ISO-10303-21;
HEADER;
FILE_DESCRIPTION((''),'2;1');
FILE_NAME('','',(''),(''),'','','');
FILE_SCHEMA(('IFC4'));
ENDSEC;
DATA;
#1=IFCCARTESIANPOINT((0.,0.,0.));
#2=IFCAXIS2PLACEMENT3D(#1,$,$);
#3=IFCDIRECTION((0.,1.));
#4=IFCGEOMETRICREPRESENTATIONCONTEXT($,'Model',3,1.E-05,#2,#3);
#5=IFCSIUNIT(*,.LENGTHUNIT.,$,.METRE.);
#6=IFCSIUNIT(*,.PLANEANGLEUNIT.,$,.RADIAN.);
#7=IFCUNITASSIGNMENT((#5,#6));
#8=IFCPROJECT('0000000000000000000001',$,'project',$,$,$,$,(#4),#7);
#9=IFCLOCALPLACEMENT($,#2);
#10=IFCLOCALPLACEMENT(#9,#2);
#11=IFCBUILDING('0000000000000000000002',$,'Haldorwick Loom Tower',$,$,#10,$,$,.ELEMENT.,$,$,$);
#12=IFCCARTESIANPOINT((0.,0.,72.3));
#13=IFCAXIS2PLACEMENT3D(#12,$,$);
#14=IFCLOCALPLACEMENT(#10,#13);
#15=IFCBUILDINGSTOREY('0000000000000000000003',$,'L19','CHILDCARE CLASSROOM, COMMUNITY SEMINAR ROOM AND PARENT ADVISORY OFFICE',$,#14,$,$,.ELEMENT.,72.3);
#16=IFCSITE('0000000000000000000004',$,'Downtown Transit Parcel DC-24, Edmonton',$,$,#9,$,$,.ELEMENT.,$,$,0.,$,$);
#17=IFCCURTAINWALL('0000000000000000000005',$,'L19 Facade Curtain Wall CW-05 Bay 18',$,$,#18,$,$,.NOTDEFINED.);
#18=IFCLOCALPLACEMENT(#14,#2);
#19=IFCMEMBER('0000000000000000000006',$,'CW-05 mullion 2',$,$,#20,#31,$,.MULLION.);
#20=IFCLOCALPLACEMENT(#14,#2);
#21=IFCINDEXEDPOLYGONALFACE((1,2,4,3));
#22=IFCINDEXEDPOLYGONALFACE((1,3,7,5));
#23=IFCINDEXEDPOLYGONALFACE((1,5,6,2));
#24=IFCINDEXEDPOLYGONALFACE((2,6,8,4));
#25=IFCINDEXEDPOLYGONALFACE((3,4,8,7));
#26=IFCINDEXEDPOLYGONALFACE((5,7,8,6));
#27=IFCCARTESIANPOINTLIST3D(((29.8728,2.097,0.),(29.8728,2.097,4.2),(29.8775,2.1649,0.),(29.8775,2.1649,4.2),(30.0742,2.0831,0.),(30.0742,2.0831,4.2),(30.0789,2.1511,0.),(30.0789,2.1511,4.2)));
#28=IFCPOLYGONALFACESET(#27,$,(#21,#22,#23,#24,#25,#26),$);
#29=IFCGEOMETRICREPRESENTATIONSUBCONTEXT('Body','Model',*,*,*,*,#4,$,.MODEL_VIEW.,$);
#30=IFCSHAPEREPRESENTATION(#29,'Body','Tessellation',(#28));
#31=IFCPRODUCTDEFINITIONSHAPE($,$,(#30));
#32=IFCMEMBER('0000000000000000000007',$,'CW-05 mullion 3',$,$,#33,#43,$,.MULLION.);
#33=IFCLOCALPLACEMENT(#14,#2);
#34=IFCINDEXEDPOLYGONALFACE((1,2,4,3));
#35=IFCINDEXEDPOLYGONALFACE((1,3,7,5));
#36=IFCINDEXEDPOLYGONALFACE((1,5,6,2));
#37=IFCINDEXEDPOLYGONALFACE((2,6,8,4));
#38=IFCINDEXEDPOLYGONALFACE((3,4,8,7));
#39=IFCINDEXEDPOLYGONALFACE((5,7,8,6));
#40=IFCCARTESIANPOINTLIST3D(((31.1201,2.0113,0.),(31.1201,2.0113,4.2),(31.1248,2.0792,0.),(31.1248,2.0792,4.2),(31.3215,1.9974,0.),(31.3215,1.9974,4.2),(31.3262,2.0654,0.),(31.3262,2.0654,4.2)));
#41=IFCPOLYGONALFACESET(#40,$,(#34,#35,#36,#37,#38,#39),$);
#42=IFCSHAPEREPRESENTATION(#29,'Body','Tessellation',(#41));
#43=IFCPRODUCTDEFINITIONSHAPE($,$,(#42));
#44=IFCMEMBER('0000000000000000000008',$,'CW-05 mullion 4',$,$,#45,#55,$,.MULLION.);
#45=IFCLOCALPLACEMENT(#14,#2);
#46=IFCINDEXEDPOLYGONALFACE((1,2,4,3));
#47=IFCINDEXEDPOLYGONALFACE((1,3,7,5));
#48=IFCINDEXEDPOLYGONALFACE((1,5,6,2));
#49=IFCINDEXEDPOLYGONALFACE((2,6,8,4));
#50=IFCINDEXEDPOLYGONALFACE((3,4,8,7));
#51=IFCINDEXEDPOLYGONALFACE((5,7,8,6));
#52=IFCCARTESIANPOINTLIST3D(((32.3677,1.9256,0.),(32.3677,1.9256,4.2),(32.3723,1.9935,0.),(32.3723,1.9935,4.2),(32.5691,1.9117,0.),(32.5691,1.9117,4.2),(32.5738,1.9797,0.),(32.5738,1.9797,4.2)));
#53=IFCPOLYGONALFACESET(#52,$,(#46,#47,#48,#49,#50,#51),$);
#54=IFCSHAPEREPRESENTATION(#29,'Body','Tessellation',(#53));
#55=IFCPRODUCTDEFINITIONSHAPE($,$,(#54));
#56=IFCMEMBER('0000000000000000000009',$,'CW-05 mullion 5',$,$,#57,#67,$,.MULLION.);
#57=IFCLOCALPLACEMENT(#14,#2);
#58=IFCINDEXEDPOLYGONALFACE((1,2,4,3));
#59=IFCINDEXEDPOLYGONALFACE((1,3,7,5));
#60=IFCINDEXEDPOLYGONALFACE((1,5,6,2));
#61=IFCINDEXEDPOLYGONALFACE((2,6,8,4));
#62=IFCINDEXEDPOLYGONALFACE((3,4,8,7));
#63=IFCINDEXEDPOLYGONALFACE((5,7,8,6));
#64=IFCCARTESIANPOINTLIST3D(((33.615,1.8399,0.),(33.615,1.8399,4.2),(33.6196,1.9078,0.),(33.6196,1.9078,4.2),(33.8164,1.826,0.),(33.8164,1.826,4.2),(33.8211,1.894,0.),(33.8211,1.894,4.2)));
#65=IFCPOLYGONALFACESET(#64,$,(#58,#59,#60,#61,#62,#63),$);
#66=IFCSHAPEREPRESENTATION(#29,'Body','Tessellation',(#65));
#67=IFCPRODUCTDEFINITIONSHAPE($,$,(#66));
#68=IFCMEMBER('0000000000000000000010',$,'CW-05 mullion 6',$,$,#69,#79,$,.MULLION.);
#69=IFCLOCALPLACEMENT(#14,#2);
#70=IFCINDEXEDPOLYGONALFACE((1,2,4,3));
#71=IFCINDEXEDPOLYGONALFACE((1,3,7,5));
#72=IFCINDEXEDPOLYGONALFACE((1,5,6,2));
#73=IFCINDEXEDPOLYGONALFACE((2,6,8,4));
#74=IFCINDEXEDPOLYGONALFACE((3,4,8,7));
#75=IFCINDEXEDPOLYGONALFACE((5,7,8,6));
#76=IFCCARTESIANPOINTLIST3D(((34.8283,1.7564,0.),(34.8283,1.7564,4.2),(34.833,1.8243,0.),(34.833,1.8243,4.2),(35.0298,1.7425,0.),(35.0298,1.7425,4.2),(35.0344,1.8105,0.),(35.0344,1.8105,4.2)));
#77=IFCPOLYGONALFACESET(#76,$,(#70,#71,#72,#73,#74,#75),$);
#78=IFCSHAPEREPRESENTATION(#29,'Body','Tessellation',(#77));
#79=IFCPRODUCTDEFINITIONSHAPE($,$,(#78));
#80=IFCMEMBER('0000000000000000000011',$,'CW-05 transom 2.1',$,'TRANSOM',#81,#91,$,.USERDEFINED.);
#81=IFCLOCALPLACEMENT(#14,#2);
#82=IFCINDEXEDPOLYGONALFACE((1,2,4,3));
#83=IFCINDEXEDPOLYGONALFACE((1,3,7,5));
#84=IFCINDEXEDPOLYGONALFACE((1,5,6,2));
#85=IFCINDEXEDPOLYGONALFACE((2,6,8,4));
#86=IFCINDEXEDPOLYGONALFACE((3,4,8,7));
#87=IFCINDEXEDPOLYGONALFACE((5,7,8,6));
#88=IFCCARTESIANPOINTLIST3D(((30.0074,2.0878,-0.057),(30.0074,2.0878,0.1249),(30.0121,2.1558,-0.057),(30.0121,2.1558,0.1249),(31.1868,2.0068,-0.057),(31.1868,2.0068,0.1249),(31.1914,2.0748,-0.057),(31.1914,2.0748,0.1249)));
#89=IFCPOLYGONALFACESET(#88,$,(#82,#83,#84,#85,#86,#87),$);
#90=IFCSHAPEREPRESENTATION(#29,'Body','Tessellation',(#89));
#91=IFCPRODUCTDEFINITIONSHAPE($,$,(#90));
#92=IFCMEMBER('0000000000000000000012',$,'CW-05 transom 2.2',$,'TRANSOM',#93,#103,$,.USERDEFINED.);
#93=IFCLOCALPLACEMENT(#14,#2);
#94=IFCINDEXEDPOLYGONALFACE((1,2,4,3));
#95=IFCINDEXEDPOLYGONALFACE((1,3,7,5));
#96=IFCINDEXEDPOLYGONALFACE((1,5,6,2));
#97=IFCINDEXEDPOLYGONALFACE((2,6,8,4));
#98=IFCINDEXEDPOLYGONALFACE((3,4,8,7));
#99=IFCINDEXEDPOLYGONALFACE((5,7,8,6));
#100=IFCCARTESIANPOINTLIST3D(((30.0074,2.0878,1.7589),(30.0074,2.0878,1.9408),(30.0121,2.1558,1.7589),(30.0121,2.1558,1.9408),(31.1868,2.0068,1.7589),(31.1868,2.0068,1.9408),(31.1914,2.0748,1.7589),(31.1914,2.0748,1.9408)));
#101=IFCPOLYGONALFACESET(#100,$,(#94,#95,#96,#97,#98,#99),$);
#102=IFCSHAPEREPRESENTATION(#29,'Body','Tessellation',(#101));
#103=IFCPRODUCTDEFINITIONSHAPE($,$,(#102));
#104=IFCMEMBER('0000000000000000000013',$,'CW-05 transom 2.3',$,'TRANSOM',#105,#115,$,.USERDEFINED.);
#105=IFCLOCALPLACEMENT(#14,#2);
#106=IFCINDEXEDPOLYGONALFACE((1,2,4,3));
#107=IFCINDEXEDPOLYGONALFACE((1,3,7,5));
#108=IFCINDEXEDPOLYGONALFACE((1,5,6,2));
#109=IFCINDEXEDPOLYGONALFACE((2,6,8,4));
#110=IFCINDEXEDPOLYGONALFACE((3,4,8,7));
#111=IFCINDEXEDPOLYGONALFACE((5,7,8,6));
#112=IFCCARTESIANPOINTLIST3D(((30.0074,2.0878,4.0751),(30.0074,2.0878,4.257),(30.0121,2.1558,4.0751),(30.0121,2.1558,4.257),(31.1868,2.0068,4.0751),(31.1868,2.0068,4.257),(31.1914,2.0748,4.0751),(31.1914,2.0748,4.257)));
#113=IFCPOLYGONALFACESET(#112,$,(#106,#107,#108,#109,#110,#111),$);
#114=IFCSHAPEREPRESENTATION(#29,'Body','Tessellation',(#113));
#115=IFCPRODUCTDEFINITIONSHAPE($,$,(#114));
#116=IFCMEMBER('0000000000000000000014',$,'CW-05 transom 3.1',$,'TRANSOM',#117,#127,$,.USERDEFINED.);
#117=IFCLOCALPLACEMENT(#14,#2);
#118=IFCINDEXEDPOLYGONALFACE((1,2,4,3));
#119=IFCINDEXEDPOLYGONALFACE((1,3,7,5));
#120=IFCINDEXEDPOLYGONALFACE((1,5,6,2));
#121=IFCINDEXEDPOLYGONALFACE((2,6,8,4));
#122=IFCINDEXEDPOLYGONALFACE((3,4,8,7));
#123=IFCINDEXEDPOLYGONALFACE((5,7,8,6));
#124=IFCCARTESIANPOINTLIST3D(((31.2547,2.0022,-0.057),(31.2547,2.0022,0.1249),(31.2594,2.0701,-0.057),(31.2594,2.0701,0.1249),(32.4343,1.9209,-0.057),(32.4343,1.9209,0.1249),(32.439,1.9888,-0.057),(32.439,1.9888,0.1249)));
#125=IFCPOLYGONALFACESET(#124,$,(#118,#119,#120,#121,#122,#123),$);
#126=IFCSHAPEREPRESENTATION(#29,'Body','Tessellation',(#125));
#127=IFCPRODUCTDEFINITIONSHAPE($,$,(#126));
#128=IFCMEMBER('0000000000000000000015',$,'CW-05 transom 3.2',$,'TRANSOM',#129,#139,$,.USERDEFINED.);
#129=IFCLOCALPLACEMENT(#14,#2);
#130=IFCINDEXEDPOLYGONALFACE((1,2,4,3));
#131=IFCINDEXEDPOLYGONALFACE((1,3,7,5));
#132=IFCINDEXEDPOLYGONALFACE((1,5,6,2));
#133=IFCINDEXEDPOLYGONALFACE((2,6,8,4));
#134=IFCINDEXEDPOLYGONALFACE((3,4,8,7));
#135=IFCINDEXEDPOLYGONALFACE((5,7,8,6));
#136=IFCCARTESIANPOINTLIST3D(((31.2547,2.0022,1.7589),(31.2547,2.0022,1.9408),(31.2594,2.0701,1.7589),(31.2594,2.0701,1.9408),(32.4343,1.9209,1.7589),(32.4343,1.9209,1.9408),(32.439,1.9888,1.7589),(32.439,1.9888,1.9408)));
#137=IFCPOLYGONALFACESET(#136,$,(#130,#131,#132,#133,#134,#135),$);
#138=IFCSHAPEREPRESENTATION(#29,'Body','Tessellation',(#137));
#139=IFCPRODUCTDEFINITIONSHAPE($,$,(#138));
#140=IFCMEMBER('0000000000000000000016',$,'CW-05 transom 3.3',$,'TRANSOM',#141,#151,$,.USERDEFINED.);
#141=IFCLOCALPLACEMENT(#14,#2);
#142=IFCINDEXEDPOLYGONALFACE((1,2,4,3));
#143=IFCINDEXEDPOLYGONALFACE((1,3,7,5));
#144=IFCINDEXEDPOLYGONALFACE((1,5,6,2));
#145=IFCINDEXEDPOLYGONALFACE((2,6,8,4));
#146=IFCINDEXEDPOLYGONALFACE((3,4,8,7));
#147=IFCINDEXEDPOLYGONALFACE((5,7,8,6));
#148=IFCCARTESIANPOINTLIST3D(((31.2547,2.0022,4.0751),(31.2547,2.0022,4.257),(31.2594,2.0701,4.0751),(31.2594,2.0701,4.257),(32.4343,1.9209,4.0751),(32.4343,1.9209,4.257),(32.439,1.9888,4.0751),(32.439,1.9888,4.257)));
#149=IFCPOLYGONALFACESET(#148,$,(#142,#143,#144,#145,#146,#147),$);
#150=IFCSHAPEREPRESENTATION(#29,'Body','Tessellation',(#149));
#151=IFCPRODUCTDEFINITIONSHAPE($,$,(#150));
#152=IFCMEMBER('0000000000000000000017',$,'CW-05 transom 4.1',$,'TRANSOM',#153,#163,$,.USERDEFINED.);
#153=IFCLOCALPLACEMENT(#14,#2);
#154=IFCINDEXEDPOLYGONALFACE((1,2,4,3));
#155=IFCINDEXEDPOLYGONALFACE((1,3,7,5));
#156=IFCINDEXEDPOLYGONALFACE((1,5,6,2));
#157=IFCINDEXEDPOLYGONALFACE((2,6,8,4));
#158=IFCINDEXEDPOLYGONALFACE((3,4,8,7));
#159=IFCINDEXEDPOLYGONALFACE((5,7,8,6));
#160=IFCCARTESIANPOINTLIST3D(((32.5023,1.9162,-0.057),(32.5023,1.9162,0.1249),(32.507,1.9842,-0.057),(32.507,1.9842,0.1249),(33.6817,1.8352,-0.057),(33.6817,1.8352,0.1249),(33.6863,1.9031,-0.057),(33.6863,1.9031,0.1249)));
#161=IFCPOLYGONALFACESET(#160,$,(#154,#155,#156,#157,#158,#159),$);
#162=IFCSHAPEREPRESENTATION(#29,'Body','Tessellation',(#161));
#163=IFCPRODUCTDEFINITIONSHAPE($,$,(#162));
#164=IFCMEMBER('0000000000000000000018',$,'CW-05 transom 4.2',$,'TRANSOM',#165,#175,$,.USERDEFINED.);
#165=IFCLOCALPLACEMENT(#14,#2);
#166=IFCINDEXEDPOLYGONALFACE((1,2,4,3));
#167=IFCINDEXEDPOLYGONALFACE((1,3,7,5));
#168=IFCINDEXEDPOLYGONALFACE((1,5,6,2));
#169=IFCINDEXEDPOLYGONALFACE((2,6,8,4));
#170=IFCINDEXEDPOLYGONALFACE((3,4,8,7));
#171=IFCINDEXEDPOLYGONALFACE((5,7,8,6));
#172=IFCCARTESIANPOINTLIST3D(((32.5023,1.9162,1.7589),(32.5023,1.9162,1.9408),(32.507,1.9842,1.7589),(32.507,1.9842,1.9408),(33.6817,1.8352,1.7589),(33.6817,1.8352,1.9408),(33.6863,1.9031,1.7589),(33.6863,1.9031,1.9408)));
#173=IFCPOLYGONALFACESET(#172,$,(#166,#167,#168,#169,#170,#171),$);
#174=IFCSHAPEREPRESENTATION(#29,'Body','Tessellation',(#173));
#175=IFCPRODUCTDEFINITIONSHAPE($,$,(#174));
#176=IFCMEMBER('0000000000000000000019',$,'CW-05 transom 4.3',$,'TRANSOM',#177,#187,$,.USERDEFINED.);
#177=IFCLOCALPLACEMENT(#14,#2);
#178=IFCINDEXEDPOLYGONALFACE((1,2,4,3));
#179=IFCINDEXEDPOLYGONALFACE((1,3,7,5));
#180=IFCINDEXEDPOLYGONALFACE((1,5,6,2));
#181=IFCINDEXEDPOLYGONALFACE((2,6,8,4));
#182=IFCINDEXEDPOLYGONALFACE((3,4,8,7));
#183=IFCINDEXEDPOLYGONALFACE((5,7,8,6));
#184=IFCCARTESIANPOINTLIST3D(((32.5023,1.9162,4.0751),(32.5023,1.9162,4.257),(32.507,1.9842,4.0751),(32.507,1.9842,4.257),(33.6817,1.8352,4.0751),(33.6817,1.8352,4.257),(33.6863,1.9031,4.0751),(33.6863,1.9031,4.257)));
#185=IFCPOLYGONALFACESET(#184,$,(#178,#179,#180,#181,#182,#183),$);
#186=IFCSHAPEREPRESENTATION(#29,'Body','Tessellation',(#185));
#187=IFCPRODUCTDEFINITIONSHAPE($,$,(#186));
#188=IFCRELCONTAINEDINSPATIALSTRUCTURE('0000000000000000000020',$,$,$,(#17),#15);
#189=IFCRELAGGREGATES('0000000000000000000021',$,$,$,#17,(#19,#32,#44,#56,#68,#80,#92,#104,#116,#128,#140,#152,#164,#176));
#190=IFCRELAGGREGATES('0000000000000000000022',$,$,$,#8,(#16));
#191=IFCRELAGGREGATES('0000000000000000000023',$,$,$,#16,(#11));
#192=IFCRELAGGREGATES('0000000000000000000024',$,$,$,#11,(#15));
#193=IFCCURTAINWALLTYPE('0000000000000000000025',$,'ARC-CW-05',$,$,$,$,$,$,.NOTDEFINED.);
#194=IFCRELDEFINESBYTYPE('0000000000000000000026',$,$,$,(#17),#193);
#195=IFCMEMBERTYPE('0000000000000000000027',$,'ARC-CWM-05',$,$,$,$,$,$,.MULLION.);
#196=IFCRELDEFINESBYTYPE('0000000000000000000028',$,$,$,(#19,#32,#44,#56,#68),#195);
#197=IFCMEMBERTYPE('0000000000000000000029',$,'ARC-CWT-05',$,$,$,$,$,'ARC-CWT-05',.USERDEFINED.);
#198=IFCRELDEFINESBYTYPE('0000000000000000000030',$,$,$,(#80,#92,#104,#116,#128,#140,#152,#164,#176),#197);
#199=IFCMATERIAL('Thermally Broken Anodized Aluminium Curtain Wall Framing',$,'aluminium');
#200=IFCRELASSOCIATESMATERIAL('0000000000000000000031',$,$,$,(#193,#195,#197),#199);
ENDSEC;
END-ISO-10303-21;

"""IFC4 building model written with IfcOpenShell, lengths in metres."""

from ifc_helpers import new_model, si_unit, direction, frame, origin, origin_2d, place, context, subcontext, project, spatial, rectangle, extrude, material, material_profile, profile_set, type_object, element, aggregate, save


model = new_model("IFC4")

# Units and contexts
model_context = context("Model", 3, precision=1e-05, world=origin(), true_north=direction((0.0, 1.0)))
body_context = subcontext(model_context, "Body", "Model", "MODEL_VIEW")
ifc_project = project(units=[si_unit("LENGTHUNIT", "METRE"), si_unit("PLANEANGLEUNIT", "RADIAN")], contexts=[model_context])

# Site, building, storey
site_placement = place(None, origin())
site = spatial("IfcSite", under=ifc_project, at=site_placement, Name="Downtown Transit Parcel DC-24, Edmonton", CompositionType="ELEMENT", RefElevation=0.0)
building_placement = place(site_placement, origin())
building = spatial("IfcBuilding", under=site, at=building_placement, Name="Haldorwick Loom Tower", CompositionType="ELEMENT")
storey_placement = place(building_placement, frame((0.0, 0.0, 72.3)))
storey = spatial("IfcBuildingStorey", under=building, at=storey_placement, Name="L19", Description="CHILDCARE CLASSROOM, COMMUNITY SEMINAR ROOM AND PARENT ADVISORY OFFICE", CompositionType="ELEMENT", Elevation=72.3)

# Curtain wall, members
ifc_material_1 = material(Name="Thermally Broken Anodized Aluminium Curtain Wall Framing", Category="aluminium")
curtain_wall_type = type_object("IfcCurtainWallType", Name="ARC-CW-05", PredefinedType="NOTDEFINED", material=ifc_material_1)
curtain_wall_placement = place(storey_placement, origin())
curtain_wall = element("IfcCurtainWall", 1, at=curtain_wall_placement, inside=storey, type_object=curtain_wall_type, Name="L19 Facade Curtain Wall CW-05 Bay 18", PredefinedType="NOTDEFINED")
ifc_material_profile_1 = material_profile(ifc_material_1, rectangle(XDim=0.0681, YDim=0.2019, at=origin_2d()), Name="ALU_MUL_68X202", Category="aluminium")
ifc_profile_set_1 = profile_set([ifc_material_profile_1], Name="Thermally Broken Anodized Aluminium Curtain Wall Framing")
member_type_1 = type_object("IfcMemberType", Name="ARC-CWM-05", PredefinedType="MULLION", material=ifc_profile_set_1)
member_1_placement = place(storey_placement, frame((29.9758, 2.124, 0.0), z_axis=(0.0, 0.0, 1.0), x_axis=(0.068589, 0.997645, 0.0)))
member_1 = element("IfcMember", 2, at=member_1_placement, type_object=member_type_1, Name="CW-05 mullion 2", PredefinedType="MULLION", context=body_context, shape_type="SweptSolid", body=[
    extrude(rectangle(XDim=0.0681, YDim=0.2019, at=origin_2d()), origin(), (0.0, 0.0, 1.0), 4.2),
])
member_2_placement = place(storey_placement, frame((31.2231, 2.0383, 0.0), z_axis=(0.0, 0.0, 1.0), x_axis=(0.068589, 0.997645, 0.0)))
member_2 = element("IfcMember", 3, at=member_2_placement, type_object=member_type_1, Name="CW-05 mullion 3", PredefinedType="MULLION", context=body_context, shape_type="SweptSolid", body=[
    extrude(rectangle(XDim=0.0681, YDim=0.2019, at=origin_2d()), origin(), (0.0, 0.0, 1.0), 4.2),
])
member_3_placement = place(storey_placement, frame((32.4707, 1.9526, 0.0), z_axis=(0.0, 0.0, 1.0), x_axis=(0.068589, 0.997645, 0.0)))
member_3 = element("IfcMember", 4, at=member_3_placement, type_object=member_type_1, Name="CW-05 mullion 4", PredefinedType="MULLION", context=body_context, shape_type="SweptSolid", body=[
    extrude(rectangle(XDim=0.0681, YDim=0.2019, at=origin_2d()), origin(), (0.0, 0.0, 1.0), 4.2),
])
member_4_placement = place(storey_placement, frame((33.718, 1.8669, 0.0), z_axis=(0.0, 0.0, 1.0), x_axis=(0.068589, 0.997645, 0.0)))
member_4 = element("IfcMember", 5, at=member_4_placement, type_object=member_type_1, Name="CW-05 mullion 5", PredefinedType="MULLION", context=body_context, shape_type="SweptSolid", body=[
    extrude(rectangle(XDim=0.0681, YDim=0.2019, at=origin_2d()), origin(), (0.0, 0.0, 1.0), 4.2),
])
member_5_placement = place(storey_placement, frame((34.9314, 1.7834, 0.0), z_axis=(0.0, 0.0, 1.0), x_axis=(0.068589, 0.997645, 0.0)))
member_5 = element("IfcMember", 6, at=member_5_placement, type_object=member_type_1, Name="CW-05 mullion 6", PredefinedType="MULLION", context=body_context, shape_type="SweptSolid", body=[
    extrude(rectangle(XDim=0.0681, YDim=0.2019, at=origin_2d()), origin(), (0.0, 0.0, 1.0), 4.2),
])
ifc_material_profile_2 = material_profile(ifc_material_1, rectangle(XDim=0.0681, YDim=0.1819, at=origin_2d()), Name="ALU_TRN_68X182", Category="aluminium")
ifc_profile_set_2 = profile_set([ifc_material_profile_2], Name="Thermally Broken Anodized Aluminium Curtain Wall Framing")
member_type_2 = type_object("IfcMemberType", Name="ARC-CWT-05", ElementType="ARC-CWT-05", PredefinedType="USERDEFINED", material=ifc_profile_set_2)
member_6_placement = place(storey_placement, frame((30.0098, 2.1218, 0.0339), z_axis=(0.997647, -0.068561, 0.0), x_axis=(0.068561, 0.997647, 0.0)))
member_6 = element("IfcMember", 7, at=member_6_placement, type_object=member_type_2, Name="CW-05 transom 2.1", ObjectType="TRANSOM", PredefinedType="USERDEFINED", context=body_context, shape_type="SweptSolid", body=[
    extrude(rectangle(XDim=0.0681, YDim=0.1819, at=origin_2d()), origin(), (0.0, 0.0, 1.0), 1.1821),
])
member_7_placement = place(storey_placement, frame((30.0098, 2.1218, 1.8499), z_axis=(0.997647, -0.068561, 0.0), x_axis=(0.068561, 0.997647, 0.0)))
member_7 = element("IfcMember", 8, at=member_7_placement, type_object=member_type_2, Name="CW-05 transom 2.2", ObjectType="TRANSOM", PredefinedType="USERDEFINED", context=body_context, shape_type="SweptSolid", body=[
    extrude(rectangle(XDim=0.0681, YDim=0.1819, at=origin_2d()), origin(), (0.0, 0.0, 1.0), 1.1821),
])
member_8_placement = place(storey_placement, frame((30.0098, 2.1218, 4.166), z_axis=(0.997647, -0.068561, 0.0), x_axis=(0.068561, 0.997647, 0.0)))
member_8 = element("IfcMember", 9, at=member_8_placement, type_object=member_type_2, Name="CW-05 transom 2.3", ObjectType="TRANSOM", PredefinedType="USERDEFINED", context=body_context, shape_type="SweptSolid", body=[
    extrude(rectangle(XDim=0.0681, YDim=0.1819, at=origin_2d()), origin(), (0.0, 0.0, 1.0), 1.1821),
])
member_9_placement = place(storey_placement, frame((31.2571, 2.0361, 0.0339), z_axis=(0.997634, -0.068752, 0.0), x_axis=(0.068752, 0.997634, 0.0)))
member_9 = element("IfcMember", 10, at=member_9_placement, type_object=member_type_2, Name="CW-05 transom 3.1", ObjectType="TRANSOM", PredefinedType="USERDEFINED", context=body_context, shape_type="SweptSolid", body=[
    extrude(rectangle(XDim=0.0681, YDim=0.1819, at=origin_2d()), origin(), (0.0, 0.0, 1.0), 1.1824),
])
member_10_placement = place(storey_placement, frame((31.2571, 2.0361, 1.8499), z_axis=(0.997634, -0.068752, 0.0), x_axis=(0.068752, 0.997634, 0.0)))
member_10 = element("IfcMember", 11, at=member_10_placement, type_object=member_type_2, Name="CW-05 transom 3.2", ObjectType="TRANSOM", PredefinedType="USERDEFINED", context=body_context, shape_type="SweptSolid", body=[
    extrude(rectangle(XDim=0.0681, YDim=0.1819, at=origin_2d()), origin(), (0.0, 0.0, 1.0), 1.1824),
])
member_11_placement = place(storey_placement, frame((31.2571, 2.0361, 4.166), z_axis=(0.997634, -0.068752, 0.0), x_axis=(0.068752, 0.997634, 0.0)))
member_11 = element("IfcMember", 12, at=member_11_placement, type_object=member_type_2, Name="CW-05 transom 3.3", ObjectType="TRANSOM", PredefinedType="USERDEFINED", context=body_context, shape_type="SweptSolid", body=[
    extrude(rectangle(XDim=0.0681, YDim=0.1819, at=origin_2d()), origin(), (0.0, 0.0, 1.0), 1.1824),
])
member_12_placement = place(storey_placement, frame((32.5046, 1.9502, 0.0339), z_axis=(0.997647, -0.068561, 0.0), x_axis=(0.068561, 0.997647, 0.0)))
member_12 = element("IfcMember", 13, at=member_12_placement, type_object=member_type_2, Name="CW-05 transom 4.1", ObjectType="TRANSOM", PredefinedType="USERDEFINED", context=body_context, shape_type="SweptSolid", body=[
    extrude(rectangle(XDim=0.0681, YDim=0.1819, at=origin_2d()), origin(), (0.0, 0.0, 1.0), 1.1821),
])
member_13_placement = place(storey_placement, frame((32.5046, 1.9502, 1.8499), z_axis=(0.997647, -0.068561, 0.0), x_axis=(0.068561, 0.997647, 0.0)))
member_13 = element("IfcMember", 14, at=member_13_placement, type_object=member_type_2, Name="CW-05 transom 4.2", ObjectType="TRANSOM", PredefinedType="USERDEFINED", context=body_context, shape_type="SweptSolid", body=[
    extrude(rectangle(XDim=0.0681, YDim=0.1819, at=origin_2d()), origin(), (0.0, 0.0, 1.0), 1.1821),
])
member_14_placement = place(storey_placement, frame((32.5046, 1.9502, 4.166), z_axis=(0.997647, -0.068561, 0.0), x_axis=(0.068561, 0.997647, 0.0)))
member_14 = element("IfcMember", 15, at=member_14_placement, type_object=member_type_2, Name="CW-05 transom 4.3", ObjectType="TRANSOM", PredefinedType="USERDEFINED", context=body_context, shape_type="SweptSolid", body=[
    extrude(rectangle(XDim=0.0681, YDim=0.1819, at=origin_2d()), origin(), (0.0, 0.0, 1.0), 1.1821),
])

aggregate(curtain_wall, [member_1, member_2, member_3, member_4, member_5, member_6, member_7, member_8, member_9, member_10, member_11, member_12, member_13, member_14])

save(model, "model.ifc")
